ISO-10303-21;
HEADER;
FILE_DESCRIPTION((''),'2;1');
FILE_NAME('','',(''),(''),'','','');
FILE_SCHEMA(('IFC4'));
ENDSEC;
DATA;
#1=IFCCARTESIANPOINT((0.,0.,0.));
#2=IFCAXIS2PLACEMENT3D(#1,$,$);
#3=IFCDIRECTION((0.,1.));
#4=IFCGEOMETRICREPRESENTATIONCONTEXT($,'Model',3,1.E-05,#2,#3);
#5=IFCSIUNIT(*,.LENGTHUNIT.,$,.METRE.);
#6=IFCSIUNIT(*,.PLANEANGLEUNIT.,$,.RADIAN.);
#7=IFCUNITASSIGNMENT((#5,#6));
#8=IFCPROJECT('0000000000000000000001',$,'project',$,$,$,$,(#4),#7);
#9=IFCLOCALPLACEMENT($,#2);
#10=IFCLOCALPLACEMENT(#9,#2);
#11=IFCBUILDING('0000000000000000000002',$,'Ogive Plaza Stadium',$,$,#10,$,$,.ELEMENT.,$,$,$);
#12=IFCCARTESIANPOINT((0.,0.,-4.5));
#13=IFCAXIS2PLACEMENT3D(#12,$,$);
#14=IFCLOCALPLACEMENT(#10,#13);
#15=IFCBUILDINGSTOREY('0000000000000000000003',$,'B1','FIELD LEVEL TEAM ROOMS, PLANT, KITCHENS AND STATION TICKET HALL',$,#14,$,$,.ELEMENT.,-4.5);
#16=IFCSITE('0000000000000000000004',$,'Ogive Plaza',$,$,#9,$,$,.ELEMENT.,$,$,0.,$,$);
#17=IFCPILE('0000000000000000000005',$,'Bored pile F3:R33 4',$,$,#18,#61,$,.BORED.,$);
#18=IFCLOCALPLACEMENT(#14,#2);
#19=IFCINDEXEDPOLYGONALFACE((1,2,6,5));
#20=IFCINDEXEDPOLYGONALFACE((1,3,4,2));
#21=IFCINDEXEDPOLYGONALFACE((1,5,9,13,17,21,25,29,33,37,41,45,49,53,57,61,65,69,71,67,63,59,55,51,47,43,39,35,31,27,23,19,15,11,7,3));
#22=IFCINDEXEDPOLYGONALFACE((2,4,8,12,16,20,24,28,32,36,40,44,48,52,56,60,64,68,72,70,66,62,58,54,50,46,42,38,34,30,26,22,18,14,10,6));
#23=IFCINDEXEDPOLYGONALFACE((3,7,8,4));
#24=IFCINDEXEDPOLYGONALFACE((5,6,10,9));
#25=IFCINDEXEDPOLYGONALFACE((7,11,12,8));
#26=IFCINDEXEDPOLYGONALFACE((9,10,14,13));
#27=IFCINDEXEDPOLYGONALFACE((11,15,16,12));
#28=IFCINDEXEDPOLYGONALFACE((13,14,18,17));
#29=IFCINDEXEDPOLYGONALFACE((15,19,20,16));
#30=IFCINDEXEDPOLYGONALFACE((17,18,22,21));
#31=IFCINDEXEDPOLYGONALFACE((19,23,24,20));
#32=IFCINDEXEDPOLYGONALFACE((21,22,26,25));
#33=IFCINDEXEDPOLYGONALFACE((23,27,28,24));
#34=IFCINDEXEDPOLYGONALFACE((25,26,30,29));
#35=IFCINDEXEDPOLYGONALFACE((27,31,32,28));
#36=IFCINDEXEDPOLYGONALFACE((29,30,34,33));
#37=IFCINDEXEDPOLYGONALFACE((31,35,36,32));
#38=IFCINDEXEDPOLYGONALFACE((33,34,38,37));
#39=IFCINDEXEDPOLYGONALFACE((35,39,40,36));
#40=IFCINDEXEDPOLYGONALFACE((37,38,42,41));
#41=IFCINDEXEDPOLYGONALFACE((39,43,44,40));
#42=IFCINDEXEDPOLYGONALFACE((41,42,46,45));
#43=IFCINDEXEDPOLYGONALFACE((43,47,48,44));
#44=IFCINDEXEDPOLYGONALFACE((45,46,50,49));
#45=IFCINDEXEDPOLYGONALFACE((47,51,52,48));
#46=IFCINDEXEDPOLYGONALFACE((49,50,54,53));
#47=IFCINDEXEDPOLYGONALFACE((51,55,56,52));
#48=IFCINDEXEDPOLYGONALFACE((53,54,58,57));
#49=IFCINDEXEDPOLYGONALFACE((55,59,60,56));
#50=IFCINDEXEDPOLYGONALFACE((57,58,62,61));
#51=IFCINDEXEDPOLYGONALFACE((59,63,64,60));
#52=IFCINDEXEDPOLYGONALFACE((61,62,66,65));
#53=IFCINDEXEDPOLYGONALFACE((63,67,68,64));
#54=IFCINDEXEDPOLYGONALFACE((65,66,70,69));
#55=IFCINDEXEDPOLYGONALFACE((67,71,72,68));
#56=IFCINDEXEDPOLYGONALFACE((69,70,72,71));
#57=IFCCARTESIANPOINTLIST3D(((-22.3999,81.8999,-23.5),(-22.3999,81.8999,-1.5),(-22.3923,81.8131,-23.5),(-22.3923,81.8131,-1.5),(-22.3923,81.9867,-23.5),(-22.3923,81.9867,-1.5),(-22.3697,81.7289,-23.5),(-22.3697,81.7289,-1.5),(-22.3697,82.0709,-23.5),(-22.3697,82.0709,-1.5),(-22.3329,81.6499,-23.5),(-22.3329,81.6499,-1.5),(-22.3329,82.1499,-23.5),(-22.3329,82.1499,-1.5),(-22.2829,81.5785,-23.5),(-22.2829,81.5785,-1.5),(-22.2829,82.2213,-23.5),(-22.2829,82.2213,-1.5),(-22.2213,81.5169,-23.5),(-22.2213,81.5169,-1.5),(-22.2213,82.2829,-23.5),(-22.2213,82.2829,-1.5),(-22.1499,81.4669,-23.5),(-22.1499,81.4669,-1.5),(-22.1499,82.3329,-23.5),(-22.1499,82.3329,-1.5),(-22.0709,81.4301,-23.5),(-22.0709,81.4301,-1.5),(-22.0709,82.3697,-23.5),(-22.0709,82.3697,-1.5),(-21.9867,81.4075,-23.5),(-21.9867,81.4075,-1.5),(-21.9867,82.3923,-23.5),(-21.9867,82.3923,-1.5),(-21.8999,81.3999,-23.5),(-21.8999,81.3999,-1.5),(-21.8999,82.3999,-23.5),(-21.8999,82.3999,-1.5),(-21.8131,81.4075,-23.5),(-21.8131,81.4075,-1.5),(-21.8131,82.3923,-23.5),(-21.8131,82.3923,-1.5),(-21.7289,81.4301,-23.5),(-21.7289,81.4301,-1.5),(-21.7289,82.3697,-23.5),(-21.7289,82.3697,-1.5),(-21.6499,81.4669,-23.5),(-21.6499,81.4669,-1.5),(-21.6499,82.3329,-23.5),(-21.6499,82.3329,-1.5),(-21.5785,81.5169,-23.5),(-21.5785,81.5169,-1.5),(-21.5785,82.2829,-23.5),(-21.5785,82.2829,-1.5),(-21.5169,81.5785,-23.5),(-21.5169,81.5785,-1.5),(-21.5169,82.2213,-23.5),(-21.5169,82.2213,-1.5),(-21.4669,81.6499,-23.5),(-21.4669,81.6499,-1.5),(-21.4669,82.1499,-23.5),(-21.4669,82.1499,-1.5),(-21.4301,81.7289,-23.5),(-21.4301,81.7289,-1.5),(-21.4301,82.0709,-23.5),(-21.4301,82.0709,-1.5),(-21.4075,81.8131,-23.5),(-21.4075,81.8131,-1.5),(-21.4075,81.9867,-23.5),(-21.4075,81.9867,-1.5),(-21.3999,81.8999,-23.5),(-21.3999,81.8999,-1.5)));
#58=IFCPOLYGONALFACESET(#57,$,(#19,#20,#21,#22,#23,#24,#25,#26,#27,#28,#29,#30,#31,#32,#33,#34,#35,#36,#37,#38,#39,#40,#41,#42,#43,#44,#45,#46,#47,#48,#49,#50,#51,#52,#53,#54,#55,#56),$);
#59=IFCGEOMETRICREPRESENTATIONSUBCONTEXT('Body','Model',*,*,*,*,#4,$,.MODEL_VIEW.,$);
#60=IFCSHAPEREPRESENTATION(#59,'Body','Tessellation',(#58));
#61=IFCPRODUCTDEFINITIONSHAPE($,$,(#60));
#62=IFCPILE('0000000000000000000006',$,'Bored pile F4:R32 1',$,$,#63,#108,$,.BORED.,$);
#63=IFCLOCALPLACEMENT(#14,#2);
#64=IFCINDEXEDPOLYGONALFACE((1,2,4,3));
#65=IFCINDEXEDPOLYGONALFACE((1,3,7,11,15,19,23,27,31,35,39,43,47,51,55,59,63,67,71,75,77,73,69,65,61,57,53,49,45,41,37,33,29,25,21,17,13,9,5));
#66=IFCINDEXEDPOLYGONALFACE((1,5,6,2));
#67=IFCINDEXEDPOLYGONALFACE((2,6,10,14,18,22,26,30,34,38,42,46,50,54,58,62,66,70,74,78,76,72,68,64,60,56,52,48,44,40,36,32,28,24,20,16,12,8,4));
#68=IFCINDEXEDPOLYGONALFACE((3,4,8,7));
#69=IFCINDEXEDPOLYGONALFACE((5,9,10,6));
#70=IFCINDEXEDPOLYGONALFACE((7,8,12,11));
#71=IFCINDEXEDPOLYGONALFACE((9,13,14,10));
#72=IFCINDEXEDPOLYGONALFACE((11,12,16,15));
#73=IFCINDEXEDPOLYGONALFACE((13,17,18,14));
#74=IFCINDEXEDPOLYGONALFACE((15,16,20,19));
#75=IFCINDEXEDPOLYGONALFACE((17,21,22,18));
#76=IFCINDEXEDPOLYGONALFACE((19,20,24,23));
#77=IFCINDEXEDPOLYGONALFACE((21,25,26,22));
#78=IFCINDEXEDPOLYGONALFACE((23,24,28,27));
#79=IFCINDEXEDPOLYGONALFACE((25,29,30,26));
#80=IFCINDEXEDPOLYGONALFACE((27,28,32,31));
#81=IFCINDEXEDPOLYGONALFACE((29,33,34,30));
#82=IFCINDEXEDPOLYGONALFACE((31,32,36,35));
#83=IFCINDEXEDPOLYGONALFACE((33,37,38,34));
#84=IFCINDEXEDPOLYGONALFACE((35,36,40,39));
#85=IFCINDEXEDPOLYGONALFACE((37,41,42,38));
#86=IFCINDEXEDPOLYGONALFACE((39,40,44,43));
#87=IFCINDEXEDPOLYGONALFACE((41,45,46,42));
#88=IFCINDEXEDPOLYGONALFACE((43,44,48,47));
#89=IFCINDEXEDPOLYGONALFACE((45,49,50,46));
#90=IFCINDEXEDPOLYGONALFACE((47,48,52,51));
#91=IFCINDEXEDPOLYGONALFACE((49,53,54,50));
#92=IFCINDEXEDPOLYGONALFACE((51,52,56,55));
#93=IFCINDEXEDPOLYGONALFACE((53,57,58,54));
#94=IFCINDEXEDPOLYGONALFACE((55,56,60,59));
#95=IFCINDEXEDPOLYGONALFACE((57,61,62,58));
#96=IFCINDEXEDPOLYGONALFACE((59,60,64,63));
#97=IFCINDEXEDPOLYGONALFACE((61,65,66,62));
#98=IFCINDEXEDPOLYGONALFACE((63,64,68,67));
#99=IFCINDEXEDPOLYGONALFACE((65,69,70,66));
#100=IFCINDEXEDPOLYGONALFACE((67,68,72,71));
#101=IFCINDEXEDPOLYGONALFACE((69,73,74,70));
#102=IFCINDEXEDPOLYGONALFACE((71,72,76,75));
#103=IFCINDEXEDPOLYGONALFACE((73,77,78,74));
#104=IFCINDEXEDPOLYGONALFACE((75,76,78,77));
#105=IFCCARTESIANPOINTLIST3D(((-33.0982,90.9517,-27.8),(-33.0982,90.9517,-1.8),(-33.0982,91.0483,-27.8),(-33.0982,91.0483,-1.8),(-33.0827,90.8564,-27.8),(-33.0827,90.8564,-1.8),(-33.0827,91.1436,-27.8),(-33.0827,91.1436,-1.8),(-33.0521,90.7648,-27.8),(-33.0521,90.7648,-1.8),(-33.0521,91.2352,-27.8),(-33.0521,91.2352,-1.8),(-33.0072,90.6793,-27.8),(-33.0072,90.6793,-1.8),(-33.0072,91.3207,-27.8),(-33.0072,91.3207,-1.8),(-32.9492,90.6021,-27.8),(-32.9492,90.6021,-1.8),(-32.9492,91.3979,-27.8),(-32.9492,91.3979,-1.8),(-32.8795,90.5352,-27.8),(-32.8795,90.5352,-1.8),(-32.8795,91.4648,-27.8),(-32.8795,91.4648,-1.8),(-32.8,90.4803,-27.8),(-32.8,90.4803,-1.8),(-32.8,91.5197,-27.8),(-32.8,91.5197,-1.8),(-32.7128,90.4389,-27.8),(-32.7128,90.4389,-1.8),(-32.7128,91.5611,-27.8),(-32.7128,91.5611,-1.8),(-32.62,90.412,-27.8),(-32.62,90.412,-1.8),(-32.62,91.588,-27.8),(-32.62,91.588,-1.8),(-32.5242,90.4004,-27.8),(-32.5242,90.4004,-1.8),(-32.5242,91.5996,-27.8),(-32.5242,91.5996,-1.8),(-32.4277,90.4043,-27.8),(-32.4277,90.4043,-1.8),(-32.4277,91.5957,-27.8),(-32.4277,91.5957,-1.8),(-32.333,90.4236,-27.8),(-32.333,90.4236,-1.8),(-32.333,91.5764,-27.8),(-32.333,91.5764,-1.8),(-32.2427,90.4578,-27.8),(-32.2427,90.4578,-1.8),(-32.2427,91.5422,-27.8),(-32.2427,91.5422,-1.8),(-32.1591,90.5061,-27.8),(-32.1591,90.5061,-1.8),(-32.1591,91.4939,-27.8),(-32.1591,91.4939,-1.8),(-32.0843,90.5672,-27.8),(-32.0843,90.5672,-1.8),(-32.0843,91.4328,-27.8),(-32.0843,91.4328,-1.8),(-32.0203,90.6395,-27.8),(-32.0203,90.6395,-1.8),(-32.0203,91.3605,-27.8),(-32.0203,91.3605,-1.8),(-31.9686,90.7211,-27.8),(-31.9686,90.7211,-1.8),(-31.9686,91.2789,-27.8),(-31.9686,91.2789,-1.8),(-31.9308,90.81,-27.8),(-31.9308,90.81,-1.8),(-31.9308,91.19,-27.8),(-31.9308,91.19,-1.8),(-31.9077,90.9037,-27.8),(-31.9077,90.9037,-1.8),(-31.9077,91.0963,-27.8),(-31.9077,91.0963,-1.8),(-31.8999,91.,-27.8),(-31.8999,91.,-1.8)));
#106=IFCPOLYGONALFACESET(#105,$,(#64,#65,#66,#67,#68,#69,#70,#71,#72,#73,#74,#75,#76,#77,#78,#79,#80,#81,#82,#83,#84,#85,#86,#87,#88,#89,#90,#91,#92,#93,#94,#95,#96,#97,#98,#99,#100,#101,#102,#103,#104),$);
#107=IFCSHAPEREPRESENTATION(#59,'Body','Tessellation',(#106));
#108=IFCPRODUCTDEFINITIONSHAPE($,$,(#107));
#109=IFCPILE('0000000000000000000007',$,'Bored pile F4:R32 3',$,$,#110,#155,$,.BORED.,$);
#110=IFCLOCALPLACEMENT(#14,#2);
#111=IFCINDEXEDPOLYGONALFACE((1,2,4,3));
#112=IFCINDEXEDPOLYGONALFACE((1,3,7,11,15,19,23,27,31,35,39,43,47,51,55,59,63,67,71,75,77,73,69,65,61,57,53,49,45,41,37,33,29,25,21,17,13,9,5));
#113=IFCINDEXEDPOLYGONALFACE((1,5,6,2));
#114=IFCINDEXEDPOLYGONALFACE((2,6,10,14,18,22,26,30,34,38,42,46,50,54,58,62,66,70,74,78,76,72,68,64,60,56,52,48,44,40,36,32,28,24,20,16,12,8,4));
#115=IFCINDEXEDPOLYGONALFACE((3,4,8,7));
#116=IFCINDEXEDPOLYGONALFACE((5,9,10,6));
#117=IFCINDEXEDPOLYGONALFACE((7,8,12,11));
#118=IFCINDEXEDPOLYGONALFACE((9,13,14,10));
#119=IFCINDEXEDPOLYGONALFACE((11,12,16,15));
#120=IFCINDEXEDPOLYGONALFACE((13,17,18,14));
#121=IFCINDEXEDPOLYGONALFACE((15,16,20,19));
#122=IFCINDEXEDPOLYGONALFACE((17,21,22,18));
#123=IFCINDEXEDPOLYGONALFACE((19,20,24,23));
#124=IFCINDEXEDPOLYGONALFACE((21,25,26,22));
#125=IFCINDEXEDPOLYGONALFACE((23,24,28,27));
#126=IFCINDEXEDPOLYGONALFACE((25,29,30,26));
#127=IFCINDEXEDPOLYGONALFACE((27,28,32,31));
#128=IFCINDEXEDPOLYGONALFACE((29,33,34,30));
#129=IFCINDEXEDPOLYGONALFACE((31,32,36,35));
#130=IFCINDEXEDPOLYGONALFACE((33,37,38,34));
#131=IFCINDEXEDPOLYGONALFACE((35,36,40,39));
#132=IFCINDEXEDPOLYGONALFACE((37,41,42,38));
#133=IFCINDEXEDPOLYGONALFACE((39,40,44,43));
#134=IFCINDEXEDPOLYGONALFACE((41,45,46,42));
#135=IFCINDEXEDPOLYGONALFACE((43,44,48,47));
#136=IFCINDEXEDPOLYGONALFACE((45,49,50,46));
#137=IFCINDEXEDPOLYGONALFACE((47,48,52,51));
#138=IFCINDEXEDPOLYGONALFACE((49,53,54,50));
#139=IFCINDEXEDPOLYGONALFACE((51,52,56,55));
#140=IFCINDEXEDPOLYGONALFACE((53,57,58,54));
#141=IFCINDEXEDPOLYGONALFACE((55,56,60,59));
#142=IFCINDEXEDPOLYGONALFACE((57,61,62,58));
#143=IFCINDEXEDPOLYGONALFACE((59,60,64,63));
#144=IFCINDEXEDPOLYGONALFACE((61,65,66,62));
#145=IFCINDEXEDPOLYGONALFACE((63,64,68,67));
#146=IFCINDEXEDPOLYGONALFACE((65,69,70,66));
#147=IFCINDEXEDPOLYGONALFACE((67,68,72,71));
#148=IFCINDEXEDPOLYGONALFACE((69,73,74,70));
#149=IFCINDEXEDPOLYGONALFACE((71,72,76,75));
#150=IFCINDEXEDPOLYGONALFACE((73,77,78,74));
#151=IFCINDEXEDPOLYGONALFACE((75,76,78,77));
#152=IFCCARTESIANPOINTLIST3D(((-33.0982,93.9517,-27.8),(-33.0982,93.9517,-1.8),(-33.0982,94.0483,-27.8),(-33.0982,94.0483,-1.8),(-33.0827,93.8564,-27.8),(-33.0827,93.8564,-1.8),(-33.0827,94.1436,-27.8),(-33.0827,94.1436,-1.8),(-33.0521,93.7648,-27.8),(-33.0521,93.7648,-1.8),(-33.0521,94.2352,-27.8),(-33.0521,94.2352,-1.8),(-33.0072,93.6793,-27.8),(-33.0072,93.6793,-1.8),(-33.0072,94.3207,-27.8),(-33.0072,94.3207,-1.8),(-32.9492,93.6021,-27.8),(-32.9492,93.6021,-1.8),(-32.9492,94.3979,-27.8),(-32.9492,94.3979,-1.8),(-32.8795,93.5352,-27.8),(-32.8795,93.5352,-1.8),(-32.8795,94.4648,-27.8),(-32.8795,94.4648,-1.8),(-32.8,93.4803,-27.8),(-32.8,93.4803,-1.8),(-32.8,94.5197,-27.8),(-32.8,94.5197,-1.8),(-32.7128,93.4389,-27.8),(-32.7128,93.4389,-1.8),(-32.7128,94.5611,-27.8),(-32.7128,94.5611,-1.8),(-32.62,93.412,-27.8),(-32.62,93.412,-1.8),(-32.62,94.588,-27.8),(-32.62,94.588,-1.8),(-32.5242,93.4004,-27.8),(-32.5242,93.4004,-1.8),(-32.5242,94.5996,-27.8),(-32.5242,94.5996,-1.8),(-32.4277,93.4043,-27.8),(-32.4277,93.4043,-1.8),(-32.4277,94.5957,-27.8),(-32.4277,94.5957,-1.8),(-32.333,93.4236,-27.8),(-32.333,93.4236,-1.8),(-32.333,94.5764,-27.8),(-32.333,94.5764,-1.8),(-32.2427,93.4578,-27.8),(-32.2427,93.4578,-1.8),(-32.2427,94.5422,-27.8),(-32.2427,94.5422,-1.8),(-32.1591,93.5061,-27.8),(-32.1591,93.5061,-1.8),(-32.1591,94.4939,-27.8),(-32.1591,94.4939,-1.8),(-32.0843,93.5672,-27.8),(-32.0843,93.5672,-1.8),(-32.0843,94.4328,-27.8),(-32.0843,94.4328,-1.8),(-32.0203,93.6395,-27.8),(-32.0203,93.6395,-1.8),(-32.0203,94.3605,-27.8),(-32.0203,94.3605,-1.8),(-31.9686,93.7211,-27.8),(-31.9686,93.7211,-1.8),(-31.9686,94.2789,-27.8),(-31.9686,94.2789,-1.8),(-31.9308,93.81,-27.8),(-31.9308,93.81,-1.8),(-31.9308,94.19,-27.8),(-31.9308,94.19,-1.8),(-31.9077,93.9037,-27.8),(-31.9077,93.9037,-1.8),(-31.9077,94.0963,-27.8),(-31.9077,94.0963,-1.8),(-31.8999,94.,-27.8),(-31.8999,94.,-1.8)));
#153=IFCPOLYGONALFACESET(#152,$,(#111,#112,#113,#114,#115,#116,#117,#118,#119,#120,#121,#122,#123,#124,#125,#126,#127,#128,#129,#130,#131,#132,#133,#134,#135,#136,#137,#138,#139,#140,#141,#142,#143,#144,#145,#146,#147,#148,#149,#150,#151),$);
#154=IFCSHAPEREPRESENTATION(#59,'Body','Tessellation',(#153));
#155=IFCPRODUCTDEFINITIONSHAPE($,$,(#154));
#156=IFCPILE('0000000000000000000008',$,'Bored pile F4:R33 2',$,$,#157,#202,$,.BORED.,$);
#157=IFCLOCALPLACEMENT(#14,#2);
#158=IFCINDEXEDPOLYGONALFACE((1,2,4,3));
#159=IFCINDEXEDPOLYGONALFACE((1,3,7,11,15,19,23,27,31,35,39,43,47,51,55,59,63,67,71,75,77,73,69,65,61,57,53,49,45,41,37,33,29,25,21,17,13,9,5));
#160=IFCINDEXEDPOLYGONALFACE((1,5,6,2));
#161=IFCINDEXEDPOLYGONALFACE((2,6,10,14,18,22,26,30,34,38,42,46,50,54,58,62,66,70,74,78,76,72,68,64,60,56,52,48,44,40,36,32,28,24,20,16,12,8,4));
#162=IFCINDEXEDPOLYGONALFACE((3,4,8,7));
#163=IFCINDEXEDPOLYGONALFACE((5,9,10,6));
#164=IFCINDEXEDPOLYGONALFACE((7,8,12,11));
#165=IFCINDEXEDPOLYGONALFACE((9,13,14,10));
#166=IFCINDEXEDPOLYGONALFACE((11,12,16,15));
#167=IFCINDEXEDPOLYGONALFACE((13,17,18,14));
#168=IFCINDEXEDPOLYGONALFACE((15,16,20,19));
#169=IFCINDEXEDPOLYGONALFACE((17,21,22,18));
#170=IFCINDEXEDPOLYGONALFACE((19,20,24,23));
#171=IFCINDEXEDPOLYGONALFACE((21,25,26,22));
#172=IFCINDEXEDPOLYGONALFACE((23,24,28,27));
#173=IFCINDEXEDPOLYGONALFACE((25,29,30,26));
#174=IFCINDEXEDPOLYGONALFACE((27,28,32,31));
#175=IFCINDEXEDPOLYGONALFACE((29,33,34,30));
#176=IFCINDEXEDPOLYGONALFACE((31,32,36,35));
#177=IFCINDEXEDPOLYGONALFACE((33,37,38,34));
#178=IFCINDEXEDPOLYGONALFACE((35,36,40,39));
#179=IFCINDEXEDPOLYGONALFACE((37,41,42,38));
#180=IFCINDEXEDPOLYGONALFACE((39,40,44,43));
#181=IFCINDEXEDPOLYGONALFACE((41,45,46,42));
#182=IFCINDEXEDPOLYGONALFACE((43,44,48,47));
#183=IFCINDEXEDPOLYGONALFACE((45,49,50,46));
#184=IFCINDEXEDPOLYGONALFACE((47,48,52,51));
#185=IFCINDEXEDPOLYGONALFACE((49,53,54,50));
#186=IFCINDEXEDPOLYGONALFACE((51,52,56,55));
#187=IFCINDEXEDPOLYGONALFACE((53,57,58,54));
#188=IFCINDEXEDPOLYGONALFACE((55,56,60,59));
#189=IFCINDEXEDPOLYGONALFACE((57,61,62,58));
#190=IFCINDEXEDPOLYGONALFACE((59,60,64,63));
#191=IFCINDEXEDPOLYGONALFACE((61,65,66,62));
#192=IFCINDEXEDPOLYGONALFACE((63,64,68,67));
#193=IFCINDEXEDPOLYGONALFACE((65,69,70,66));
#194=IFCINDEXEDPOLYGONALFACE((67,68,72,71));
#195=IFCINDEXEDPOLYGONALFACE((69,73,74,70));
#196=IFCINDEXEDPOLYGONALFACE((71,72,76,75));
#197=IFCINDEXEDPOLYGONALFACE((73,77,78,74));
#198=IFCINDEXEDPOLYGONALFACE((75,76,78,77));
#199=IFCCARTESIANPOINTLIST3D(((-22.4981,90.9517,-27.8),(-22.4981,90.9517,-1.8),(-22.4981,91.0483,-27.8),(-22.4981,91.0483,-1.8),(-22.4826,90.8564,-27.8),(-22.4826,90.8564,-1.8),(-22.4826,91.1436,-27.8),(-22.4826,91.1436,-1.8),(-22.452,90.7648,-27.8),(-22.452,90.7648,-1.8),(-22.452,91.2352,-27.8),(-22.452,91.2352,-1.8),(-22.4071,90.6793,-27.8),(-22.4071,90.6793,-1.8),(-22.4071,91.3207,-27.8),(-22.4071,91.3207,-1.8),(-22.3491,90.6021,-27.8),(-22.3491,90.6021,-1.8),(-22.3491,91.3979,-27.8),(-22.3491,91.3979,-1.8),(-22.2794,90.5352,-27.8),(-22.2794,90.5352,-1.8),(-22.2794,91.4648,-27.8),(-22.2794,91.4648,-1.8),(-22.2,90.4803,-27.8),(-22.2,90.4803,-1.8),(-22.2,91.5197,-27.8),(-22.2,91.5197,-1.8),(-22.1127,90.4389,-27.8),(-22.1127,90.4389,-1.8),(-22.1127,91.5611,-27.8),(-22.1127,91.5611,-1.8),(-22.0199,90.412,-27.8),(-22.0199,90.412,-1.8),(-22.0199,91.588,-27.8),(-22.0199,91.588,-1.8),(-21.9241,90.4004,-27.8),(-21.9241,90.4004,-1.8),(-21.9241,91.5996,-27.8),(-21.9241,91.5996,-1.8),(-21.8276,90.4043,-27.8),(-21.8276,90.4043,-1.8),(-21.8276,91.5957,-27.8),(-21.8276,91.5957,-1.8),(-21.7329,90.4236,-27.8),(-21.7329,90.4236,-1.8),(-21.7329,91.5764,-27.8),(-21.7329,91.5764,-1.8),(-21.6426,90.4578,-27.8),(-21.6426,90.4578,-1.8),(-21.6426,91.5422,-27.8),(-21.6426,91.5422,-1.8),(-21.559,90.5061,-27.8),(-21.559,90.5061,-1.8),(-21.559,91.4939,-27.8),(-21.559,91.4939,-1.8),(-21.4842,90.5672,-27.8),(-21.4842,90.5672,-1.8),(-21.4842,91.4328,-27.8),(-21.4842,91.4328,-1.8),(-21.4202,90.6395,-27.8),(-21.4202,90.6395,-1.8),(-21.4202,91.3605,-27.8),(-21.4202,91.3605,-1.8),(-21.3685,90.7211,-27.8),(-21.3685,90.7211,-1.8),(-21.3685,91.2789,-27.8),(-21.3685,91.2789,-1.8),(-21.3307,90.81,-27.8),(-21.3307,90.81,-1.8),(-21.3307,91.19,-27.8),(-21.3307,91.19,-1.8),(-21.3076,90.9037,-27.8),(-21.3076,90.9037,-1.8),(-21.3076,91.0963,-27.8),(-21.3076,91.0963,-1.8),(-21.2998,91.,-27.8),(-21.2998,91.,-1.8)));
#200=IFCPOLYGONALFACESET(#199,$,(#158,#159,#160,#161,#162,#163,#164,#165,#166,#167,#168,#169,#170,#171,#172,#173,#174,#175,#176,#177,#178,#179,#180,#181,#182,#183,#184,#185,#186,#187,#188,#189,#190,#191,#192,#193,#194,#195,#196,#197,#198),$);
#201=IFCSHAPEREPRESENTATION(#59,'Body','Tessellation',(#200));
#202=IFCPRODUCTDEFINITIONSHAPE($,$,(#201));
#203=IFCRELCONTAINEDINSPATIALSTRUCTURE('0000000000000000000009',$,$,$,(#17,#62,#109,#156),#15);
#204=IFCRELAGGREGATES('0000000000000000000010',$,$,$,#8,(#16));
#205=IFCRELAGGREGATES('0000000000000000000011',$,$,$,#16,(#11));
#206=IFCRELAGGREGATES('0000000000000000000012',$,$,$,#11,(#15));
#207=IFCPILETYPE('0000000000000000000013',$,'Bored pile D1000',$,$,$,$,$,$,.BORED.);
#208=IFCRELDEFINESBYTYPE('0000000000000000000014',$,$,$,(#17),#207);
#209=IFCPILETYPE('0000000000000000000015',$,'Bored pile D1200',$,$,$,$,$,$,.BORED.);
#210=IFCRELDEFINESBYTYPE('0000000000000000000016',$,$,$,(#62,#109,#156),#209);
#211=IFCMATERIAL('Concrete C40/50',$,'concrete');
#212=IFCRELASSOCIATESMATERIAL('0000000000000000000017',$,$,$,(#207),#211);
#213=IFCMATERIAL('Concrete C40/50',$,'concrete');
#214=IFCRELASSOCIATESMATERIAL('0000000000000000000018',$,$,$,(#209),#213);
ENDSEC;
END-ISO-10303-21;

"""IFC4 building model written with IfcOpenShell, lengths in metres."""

from ifc_helpers import new_model, si_unit, direction, frame, origin, origin_2d, place, context, subcontext, project, spatial, circle, extrude, material, material_profile, profile_set, type_object, element, save


model = new_model("IFC4")

# Units and contexts
model_context = context("Model", 3, precision=1e-05, world=origin(), true_north=direction((0.0, 1.0)))
body_context = subcontext(model_context, "Body", "Model", "MODEL_VIEW")
ifc_project = project(units=[si_unit("LENGTHUNIT", "METRE"), si_unit("PLANEANGLEUNIT", "RADIAN")], contexts=[model_context])

# Site, building, storey
site_placement = place(None, origin())
site = spatial("IfcSite", under=ifc_project, at=site_placement, Name="Ogive Plaza", CompositionType="ELEMENT", RefElevation=0.0)
building_placement = place(site_placement, origin())
building = spatial("IfcBuilding", under=site, at=building_placement, Name="Ogive Plaza Stadium", CompositionType="ELEMENT")
storey_placement = place(building_placement, frame((0.0, 0.0, -4.5)))
storey = spatial("IfcBuildingStorey", under=building, at=storey_placement, Name="B1", Description="FIELD LEVEL TEAM ROOMS, PLANT, KITCHENS AND STATION TICKET HALL", CompositionType="ELEMENT", Elevation=-4.5)

# Piles
ifc_material_1 = material(Name="Concrete C40/50", Category="concrete")
ifc_material_profile_1 = material_profile(ifc_material_1, circle(Radius=0.5, at=origin_2d()), Name="RC D1000")
ifc_profile_set_1 = profile_set([ifc_material_profile_1], Name="Concrete C40/50")
pile_type_1 = type_object("IfcPileType", Name="Bored pile D1000", PredefinedType="BORED", material=ifc_profile_set_1)
pile_placement = place(storey_placement, frame((-21.8999, 81.8999, -1.5), z_axis=(0.0, 0.0, -1.0), x_axis=(1.0, 0.0, 0.0)))
element("IfcPile", 1, at=pile_placement, inside=storey, type_object=pile_type_1, Name="Bored pile F3:R33 4", PredefinedType="BORED", context=body_context, shape_type="SweptSolid", body=[
    extrude(circle(Radius=0.5, at=origin_2d()), origin(), (0.0, 0.0, 1.0), 22.0),
])
ifc_material_2 = material(Name="Concrete C40/50", Category="concrete")
ifc_material_profile_2 = material_profile(ifc_material_2, circle(Radius=0.6001, at=origin_2d()), Name="RC D1200")
ifc_profile_set_2 = profile_set([ifc_material_profile_2], Name="Concrete C40/50")
pile_type_2 = type_object("IfcPileType", Name="Bored pile D1200", PredefinedType="BORED", material=ifc_profile_set_2)
for number, where, z_axis, x_axis, name in (
    (2, (-32.5, 91.0, -1.8), (0.0, 0.0, -1.0), (1.0, 0.0, 0.0), "Bored pile F4:R32 1"),
    (3, (-32.5, 94.0, -1.8), (0.0, 0.0, -1.0), (1.0, 0.0, 0.0), "Bored pile F4:R32 3"),
    (4, (-21.8999, 91.0, -1.8), (0.0, 0.0, -1.0), (1.0, 0.0, 0.0), "Bored pile F4:R33 2"),
):
    element("IfcPile", number, at=place(storey_placement, frame(where, z_axis=z_axis, x_axis=x_axis)), inside=storey, type_object=pile_type_2, Name=name, PredefinedType="BORED", context=body_context, shape_type="SweptSolid", body=[
        extrude(circle(Radius=0.6001, at=origin_2d()), origin(), (0.0, 0.0, 1.0), 26.0),
    ])

save(model, "model.ifc")
